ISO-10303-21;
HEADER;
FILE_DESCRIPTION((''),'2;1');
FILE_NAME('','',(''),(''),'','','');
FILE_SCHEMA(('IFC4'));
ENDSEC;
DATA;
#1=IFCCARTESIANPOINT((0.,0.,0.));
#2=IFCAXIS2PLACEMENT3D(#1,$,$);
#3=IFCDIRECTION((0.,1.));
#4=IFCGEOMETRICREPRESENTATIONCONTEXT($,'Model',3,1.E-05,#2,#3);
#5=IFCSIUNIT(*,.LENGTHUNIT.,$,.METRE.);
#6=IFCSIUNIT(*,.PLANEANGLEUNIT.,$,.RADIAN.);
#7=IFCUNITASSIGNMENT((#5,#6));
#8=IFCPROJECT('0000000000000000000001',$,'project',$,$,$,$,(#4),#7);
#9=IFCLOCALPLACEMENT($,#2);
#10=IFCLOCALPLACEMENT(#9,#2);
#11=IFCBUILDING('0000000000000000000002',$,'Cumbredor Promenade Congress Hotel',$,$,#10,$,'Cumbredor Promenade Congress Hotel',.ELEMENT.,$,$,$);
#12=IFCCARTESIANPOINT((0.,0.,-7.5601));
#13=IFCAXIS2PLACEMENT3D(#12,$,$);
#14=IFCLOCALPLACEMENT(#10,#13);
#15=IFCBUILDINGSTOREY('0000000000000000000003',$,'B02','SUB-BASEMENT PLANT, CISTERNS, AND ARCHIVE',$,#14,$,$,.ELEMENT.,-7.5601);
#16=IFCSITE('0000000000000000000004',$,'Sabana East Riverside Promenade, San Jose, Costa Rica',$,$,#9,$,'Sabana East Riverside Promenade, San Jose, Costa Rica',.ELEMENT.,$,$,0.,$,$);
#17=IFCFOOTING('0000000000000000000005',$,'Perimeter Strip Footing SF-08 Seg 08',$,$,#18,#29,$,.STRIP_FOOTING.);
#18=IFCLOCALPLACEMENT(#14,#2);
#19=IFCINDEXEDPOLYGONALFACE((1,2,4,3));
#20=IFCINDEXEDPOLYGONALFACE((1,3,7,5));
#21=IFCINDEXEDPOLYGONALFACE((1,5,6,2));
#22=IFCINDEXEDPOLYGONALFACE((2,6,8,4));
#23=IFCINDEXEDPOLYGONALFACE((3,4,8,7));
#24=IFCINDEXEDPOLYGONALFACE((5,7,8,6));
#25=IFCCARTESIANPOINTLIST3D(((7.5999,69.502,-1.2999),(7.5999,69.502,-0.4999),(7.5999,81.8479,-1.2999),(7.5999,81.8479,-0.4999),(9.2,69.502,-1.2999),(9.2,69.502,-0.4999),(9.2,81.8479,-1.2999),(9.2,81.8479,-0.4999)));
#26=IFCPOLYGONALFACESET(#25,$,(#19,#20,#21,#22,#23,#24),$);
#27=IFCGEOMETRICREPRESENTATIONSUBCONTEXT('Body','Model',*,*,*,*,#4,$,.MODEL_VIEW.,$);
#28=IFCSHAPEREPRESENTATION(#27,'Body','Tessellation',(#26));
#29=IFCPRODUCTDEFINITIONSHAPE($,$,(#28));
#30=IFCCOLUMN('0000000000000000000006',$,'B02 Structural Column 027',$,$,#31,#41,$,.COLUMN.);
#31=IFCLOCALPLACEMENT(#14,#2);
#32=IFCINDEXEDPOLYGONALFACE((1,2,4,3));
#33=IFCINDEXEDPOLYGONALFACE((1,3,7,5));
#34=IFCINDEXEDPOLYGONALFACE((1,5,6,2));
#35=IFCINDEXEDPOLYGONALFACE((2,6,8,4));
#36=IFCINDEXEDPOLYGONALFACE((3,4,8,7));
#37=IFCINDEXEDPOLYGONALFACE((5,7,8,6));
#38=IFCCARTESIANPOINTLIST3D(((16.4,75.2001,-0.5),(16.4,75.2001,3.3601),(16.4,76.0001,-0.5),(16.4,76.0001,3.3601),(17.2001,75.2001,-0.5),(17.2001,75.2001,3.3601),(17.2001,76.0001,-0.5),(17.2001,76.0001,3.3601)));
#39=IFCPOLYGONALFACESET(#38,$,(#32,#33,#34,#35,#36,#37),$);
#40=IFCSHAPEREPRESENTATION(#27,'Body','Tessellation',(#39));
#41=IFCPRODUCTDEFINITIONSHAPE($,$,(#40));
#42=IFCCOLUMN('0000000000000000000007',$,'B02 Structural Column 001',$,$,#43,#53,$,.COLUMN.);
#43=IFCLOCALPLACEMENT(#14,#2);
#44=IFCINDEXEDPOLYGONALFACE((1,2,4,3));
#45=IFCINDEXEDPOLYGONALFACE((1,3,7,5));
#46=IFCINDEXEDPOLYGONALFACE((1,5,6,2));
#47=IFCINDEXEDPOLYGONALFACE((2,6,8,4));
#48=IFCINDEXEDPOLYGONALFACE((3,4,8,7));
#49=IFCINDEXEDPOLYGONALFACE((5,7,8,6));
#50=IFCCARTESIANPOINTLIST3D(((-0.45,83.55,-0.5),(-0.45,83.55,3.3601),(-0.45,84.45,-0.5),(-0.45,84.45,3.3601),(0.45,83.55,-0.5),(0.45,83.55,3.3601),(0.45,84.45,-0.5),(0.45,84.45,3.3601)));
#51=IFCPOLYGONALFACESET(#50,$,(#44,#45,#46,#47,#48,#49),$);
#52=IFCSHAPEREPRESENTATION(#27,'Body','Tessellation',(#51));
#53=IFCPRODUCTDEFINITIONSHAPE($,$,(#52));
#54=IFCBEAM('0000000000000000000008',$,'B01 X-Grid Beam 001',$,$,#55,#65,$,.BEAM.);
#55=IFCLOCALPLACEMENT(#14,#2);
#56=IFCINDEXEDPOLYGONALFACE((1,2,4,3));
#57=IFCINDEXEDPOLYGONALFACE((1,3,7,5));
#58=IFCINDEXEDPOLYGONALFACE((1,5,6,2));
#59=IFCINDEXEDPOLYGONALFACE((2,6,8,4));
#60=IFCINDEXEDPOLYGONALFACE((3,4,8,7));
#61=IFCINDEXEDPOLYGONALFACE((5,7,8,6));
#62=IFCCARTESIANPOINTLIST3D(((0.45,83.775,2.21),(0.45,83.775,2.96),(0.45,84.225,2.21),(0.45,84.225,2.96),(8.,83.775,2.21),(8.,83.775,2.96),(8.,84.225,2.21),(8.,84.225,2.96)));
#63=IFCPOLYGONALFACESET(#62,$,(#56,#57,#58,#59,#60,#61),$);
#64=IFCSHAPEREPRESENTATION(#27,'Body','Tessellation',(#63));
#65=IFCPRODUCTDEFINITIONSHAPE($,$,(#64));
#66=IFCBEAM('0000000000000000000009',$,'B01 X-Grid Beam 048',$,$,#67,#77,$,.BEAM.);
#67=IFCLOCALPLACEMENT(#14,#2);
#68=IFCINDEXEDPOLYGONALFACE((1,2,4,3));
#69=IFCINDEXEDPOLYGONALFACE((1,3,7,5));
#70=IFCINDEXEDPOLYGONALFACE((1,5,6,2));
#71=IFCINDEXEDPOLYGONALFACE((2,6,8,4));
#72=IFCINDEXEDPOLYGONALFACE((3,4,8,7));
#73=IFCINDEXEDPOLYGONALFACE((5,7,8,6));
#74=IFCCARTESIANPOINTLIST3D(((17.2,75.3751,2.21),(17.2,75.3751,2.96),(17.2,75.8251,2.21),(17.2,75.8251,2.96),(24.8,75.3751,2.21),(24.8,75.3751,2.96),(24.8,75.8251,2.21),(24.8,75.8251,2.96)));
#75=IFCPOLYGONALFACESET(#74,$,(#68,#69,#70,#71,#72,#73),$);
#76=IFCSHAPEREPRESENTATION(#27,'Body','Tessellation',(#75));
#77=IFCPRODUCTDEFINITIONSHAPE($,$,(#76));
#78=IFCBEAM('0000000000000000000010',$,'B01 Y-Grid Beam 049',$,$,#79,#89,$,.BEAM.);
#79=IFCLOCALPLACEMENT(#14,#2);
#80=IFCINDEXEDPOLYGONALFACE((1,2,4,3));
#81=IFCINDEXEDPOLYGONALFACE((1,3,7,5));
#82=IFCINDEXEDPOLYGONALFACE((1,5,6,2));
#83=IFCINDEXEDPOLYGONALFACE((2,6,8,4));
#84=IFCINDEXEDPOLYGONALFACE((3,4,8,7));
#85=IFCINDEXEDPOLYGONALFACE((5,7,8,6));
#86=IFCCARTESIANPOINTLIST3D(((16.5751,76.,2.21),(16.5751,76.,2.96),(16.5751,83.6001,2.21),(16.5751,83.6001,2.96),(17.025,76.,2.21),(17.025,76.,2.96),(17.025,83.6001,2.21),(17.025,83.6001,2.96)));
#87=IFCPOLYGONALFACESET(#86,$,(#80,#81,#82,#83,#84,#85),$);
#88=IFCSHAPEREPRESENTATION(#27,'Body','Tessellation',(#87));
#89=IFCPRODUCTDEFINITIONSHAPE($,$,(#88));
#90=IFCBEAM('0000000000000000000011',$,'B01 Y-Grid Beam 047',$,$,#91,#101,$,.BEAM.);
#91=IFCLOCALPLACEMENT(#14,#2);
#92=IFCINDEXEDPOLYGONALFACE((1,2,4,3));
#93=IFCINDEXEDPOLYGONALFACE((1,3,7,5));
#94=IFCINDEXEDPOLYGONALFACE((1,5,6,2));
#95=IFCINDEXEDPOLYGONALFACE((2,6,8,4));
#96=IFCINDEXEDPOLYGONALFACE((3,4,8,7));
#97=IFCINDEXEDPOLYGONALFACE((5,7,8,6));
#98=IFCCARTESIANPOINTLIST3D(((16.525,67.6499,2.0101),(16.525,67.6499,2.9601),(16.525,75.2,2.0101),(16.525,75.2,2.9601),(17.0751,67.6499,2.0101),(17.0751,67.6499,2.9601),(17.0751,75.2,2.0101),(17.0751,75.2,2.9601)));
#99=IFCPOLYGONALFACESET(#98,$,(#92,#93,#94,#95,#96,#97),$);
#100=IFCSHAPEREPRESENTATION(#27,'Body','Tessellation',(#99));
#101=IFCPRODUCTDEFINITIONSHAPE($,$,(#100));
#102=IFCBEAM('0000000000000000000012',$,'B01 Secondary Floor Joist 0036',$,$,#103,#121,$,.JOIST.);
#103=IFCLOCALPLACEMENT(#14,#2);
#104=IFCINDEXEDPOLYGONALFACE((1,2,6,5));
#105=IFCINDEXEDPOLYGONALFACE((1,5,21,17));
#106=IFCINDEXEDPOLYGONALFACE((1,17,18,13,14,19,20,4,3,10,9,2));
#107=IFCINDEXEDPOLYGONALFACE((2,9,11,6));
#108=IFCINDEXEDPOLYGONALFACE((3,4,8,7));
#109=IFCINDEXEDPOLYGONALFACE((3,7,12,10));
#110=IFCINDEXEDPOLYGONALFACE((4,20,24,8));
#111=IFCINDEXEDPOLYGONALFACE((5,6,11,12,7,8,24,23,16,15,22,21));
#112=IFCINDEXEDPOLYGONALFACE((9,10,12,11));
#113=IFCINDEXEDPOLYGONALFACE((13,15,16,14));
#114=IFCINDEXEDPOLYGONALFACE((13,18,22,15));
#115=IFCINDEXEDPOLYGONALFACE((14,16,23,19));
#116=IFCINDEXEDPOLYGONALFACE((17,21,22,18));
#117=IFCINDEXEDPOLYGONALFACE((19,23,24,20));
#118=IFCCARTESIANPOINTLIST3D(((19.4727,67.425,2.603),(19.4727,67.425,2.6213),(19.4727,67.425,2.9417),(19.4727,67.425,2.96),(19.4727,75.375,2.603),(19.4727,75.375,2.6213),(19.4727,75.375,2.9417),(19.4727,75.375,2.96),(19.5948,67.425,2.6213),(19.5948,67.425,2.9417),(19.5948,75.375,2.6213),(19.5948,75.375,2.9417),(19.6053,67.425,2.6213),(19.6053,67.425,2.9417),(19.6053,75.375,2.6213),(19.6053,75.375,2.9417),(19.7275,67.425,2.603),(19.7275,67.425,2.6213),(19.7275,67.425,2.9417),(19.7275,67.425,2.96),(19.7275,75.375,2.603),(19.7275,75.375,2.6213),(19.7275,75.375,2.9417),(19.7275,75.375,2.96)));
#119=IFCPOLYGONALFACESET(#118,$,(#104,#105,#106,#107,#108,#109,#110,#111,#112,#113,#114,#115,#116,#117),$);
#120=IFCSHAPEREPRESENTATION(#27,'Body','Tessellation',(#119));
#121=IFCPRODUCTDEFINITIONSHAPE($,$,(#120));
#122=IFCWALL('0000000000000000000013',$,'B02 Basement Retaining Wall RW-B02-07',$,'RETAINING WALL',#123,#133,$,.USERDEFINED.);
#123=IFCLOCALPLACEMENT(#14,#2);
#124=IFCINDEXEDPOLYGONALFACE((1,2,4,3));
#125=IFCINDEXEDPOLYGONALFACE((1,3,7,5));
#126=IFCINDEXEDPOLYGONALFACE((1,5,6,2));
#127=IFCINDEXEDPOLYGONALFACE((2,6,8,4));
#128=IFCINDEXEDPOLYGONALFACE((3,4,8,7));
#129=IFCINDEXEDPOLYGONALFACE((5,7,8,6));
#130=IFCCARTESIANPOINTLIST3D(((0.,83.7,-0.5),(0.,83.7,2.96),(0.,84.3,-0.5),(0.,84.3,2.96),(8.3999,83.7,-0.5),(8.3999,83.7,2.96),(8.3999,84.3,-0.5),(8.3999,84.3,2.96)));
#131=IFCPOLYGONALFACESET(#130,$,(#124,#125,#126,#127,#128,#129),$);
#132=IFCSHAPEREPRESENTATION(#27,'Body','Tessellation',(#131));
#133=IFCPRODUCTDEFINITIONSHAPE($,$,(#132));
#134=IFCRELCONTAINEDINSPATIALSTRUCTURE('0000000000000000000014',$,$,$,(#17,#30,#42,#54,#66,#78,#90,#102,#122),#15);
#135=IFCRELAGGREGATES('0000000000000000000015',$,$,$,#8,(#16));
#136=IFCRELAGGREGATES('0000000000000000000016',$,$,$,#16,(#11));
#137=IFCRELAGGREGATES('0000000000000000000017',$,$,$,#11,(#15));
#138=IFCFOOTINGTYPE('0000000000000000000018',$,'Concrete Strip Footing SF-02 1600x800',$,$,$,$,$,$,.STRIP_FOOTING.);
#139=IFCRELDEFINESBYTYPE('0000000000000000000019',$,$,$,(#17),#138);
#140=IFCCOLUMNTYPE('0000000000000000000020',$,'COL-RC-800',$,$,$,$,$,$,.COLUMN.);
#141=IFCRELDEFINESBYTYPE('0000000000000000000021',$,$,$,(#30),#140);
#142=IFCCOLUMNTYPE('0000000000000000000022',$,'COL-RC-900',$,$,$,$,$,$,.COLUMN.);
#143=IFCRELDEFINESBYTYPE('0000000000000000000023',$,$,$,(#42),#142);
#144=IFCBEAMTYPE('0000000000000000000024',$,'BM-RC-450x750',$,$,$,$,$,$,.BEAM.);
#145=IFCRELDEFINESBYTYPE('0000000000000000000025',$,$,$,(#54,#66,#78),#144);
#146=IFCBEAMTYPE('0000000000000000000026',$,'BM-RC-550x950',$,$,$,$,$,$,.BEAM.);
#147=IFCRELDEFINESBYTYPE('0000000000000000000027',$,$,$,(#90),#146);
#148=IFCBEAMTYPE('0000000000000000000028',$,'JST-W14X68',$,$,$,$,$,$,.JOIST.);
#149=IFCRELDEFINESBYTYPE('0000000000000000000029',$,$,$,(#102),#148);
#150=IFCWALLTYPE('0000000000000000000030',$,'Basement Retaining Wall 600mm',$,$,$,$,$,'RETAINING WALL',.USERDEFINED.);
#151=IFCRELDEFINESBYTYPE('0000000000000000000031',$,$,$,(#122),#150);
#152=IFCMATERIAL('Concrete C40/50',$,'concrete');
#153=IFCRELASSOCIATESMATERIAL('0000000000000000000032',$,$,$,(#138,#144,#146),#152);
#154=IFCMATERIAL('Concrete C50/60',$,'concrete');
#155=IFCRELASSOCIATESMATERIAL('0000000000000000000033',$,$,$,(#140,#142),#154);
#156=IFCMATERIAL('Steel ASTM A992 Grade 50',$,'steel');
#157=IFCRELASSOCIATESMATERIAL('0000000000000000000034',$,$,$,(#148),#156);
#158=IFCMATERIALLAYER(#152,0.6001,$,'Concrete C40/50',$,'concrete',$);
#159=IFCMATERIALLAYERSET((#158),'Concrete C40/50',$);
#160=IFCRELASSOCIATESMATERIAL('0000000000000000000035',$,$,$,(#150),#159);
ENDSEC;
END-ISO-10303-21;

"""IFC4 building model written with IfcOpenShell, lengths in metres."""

from ifc_helpers import new_model, si_unit, direction, frame, frame_2d, origin, origin_2d, place, context, subcontext, project, spatial, rectangle, i_section, extrude, material, layer, layer_set, material_profile, profile_set, type_object, element, save


model = new_model("IFC4")

# Units and contexts
model_context = context("Model", 3, precision=1e-05, world=origin(), true_north=direction((0.0, 1.0)))
body_context = subcontext(model_context, "Body", "Model", "MODEL_VIEW")
ifc_project = project(units=[si_unit("LENGTHUNIT", "METRE"), si_unit("PLANEANGLEUNIT", "RADIAN")], contexts=[model_context])

# Site, building, storey
site_placement = place(None, origin())
site = spatial("IfcSite", under=ifc_project, at=site_placement, Name="Sabana East Riverside Promenade, San Jose, Costa Rica", LongName="Sabana East Riverside Promenade, San Jose, Costa Rica", CompositionType="ELEMENT", RefElevation=0.0)
building_placement = place(site_placement, origin())
building = spatial("IfcBuilding", under=site, at=building_placement, Name="Cumbredor Promenade Congress Hotel", LongName="Cumbredor Promenade Congress Hotel", CompositionType="ELEMENT")
storey_placement = place(building_placement, frame((0.0, 0.0, -7.5601)))
storey = spatial("IfcBuildingStorey", under=building, at=storey_placement, Name="B02", Description="SUB-BASEMENT PLANT, CISTERNS, AND ARCHIVE", CompositionType="ELEMENT", Elevation=-7.5601)

# Shared definitions
ifc_material_1 = material(Name="Concrete C40/50", Category="concrete")

# Footing
ifc_material_profile_1 = material_profile(ifc_material_1, rectangle(XDim=1.6001, YDim=0.8, at=origin_2d()), Name="SF 1600x800")
ifc_profile_set_1 = profile_set([ifc_material_profile_1], Name="Concrete C40/50")
footing_type_1 = type_object("IfcFootingType", Name="Concrete Strip Footing SF-02 1600x800", PredefinedType="STRIP_FOOTING", material=ifc_profile_set_1)
footing_1_placement = place(storey_placement, frame((8.3999, 69.502, -0.8999), z_axis=(0.0, 1.0, 0.0), x_axis=(-1.0, 0.0, 0.0)))
element("IfcFooting", 1, at=footing_1_placement, inside=storey, type_object=footing_type_1, Name="Perimeter Strip Footing SF-08 Seg 08", PredefinedType="STRIP_FOOTING", context=body_context, shape_type="SweptSolid", body=[
    extrude(rectangle(XDim=1.6001, YDim=0.8, at=origin_2d()), origin(), (0.0, 0.0, 1.0), 12.3459),
])

# Columns
ifc_material_2 = material(Name="Concrete C50/60", Category="concrete")
ifc_material_profile_2 = material_profile(ifc_material_2, rectangle(XDim=0.8, YDim=0.8, at=origin_2d()), Name="RC 800x800")
ifc_profile_set_2 = profile_set([ifc_material_profile_2], Name="Concrete C50/60")
column_type_1 = type_object("IfcColumnType", Name="COL-RC-800", PredefinedType="COLUMN", material=ifc_profile_set_2)
column_1_placement = place(storey_placement, frame((16.8, 75.6001, -0.5), z_axis=(0.0, 0.0, 1.0), x_axis=(1.0, 0.0, 0.0)))
element("IfcColumn", 2, at=column_1_placement, inside=storey, type_object=column_type_1, Name="B02 Structural Column 027", PredefinedType="COLUMN", context=body_context, shape_type="SweptSolid", body=[
    extrude(rectangle(XDim=0.8, YDim=0.8, at=origin_2d()), origin(), (0.0, 0.0, 1.0), 3.8601),
])
ifc_material_profile_3 = material_profile(ifc_material_2, rectangle(XDim=0.8999, YDim=0.8999, at=origin_2d()), Name="RC 900x900")
ifc_profile_set_3 = profile_set([ifc_material_profile_3], Name="Concrete C50/60")
column_type_2 = type_object("IfcColumnType", Name="COL-RC-900", PredefinedType="COLUMN", material=ifc_profile_set_3)
column_2_placement = place(storey_placement, frame((0.0, 84.0, -0.5), z_axis=(0.0, 0.0, 1.0), x_axis=(1.0, 0.0, 0.0)))
element("IfcColumn", 3, at=column_2_placement, inside=storey, type_object=column_type_2, Name="B02 Structural Column 001", PredefinedType="COLUMN", context=body_context, shape_type="SweptSolid", body=[
    extrude(rectangle(XDim=0.8999, YDim=0.8999, at=origin_2d()), origin(), (0.0, 0.0, 1.0), 3.8601),
])

# Beams
ifc_material_profile_4 = material_profile(ifc_material_1, rectangle(XDim=0.45, YDim=0.75, at=origin_2d()), Name="RC BEAM 450x750")
ifc_profile_set_4 = profile_set([ifc_material_profile_4], Name="Concrete C40/50")
beam_type_1 = type_object("IfcBeamType", Name="BM-RC-450x750", PredefinedType="BEAM", material=ifc_profile_set_4)
beam_1_placement = place(storey_placement, frame((0.45, 84.0, 2.585), z_axis=(1.0, 0.0, 0.0), x_axis=(0.0, 1.0, 0.0)))
element("IfcBeam", 4, at=beam_1_placement, inside=storey, type_object=beam_type_1, Name="B01 X-Grid Beam 001", PredefinedType="BEAM", context=body_context, shape_type="SweptSolid", body=[
    extrude(rectangle(XDim=0.45, YDim=0.75, at=origin_2d()), origin(), (0.0, 0.0, 1.0), 7.55),
])
for number, where, z_axis, x_axis, name in (
    (5, (17.2, 75.6001, 2.585), (1.0, 0.0, 0.0), (0.0, 1.0, 0.0), "B01 X-Grid Beam 048"),
    (6, (16.8, 76.0, 2.585), (0.0, 1.0, 0.0), (-1.0, 0.0, 0.0), "B01 Y-Grid Beam 049"),
):
    element("IfcBeam", number, at=place(storey_placement, frame(where, z_axis=z_axis, x_axis=x_axis)), inside=storey, type_object=beam_type_1, Name=name, PredefinedType="BEAM", context=body_context, shape_type="SweptSolid", body=[
        extrude(rectangle(XDim=0.45, YDim=0.75, at=origin_2d()), origin(), (0.0, 0.0, 1.0), 7.6001),
    ])
ifc_material_profile_5 = material_profile(ifc_material_1, rectangle(XDim=0.55, YDim=0.95, at=origin_2d()), Name="RC BEAM 550x950")
ifc_profile_set_5 = profile_set([ifc_material_profile_5], Name="Concrete C40/50")
beam_type_2 = type_object("IfcBeamType", Name="BM-RC-550x950", PredefinedType="BEAM", material=ifc_profile_set_5)
beam_2_placement = place(storey_placement, frame((16.8, 67.6499, 2.4851), z_axis=(0.0, 1.0, 0.0), x_axis=(-1.0, 0.0, 0.0)))
element("IfcBeam", 7, at=beam_2_placement, inside=storey, type_object=beam_type_2, Name="B01 Y-Grid Beam 047", PredefinedType="BEAM", context=body_context, shape_type="SweptSolid", body=[
    extrude(rectangle(XDim=0.55, YDim=0.95, at=origin_2d()), origin(), (0.0, 0.0, 1.0), 7.55),
])
ifc_material_3 = material(Name="Steel ASTM A992 Grade 50", Category="steel")
ifc_material_profile_6 = material_profile(ifc_material_3, i_section(OverallWidth=0.2549, OverallDepth=0.3569, WebThickness=0.0105, FlangeThickness=0.0183, at=origin_2d()), Name="W14X68")
ifc_profile_set_6 = profile_set([ifc_material_profile_6], Name="Steel ASTM A992 Grade 50")
beam_type_3 = type_object("IfcBeamType", Name="JST-W14X68", PredefinedType="JOIST", material=ifc_profile_set_6)
beam_3_placement = place(storey_placement, frame((19.6001, 67.425, 2.7815), z_axis=(0.0, 1.0, 0.0), x_axis=(-1.0, 0.0, 0.0)))
element("IfcBeam", 8, at=beam_3_placement, inside=storey, type_object=beam_type_3, Name="B01 Secondary Floor Joist 0036", PredefinedType="JOIST", context=body_context, shape_type="SweptSolid", body=[
    extrude(i_section(OverallWidth=0.2549, OverallDepth=0.3569, WebThickness=0.0105, FlangeThickness=0.0183, at=origin_2d()), origin(), (0.0, 0.0, 1.0), 7.95),
])

# Wall
ifc_layer = layer(ifc_material_1, 0.6001, Name="Concrete C40/50", Category="concrete")
ifc_layer_set = layer_set([ifc_layer], Name="Concrete C40/50")
wall_type = type_object("IfcWallType", Name="Basement Retaining Wall 600mm", ElementType="RETAINING WALL", PredefinedType="USERDEFINED", material=ifc_layer_set)
wall_placement = place(storey_placement, frame((0.0, 84.0, -0.5), z_axis=(0.0, 0.0, 1.0), x_axis=(1.0, 0.0, 0.0)))
element("IfcWall", 9, at=wall_placement, inside=storey, type_object=wall_type, Name="B02 Basement Retaining Wall RW-B02-07", ObjectType="RETAINING WALL", PredefinedType="USERDEFINED", context=body_context, shape_type="SweptSolid", body=[
    extrude(rectangle(XDim=8.3999, YDim=0.6001, at=frame_2d((4.2, 0.0))), origin(), (0.0, 0.0, 1.0), 3.46),
])

save(model, "model.ifc")
